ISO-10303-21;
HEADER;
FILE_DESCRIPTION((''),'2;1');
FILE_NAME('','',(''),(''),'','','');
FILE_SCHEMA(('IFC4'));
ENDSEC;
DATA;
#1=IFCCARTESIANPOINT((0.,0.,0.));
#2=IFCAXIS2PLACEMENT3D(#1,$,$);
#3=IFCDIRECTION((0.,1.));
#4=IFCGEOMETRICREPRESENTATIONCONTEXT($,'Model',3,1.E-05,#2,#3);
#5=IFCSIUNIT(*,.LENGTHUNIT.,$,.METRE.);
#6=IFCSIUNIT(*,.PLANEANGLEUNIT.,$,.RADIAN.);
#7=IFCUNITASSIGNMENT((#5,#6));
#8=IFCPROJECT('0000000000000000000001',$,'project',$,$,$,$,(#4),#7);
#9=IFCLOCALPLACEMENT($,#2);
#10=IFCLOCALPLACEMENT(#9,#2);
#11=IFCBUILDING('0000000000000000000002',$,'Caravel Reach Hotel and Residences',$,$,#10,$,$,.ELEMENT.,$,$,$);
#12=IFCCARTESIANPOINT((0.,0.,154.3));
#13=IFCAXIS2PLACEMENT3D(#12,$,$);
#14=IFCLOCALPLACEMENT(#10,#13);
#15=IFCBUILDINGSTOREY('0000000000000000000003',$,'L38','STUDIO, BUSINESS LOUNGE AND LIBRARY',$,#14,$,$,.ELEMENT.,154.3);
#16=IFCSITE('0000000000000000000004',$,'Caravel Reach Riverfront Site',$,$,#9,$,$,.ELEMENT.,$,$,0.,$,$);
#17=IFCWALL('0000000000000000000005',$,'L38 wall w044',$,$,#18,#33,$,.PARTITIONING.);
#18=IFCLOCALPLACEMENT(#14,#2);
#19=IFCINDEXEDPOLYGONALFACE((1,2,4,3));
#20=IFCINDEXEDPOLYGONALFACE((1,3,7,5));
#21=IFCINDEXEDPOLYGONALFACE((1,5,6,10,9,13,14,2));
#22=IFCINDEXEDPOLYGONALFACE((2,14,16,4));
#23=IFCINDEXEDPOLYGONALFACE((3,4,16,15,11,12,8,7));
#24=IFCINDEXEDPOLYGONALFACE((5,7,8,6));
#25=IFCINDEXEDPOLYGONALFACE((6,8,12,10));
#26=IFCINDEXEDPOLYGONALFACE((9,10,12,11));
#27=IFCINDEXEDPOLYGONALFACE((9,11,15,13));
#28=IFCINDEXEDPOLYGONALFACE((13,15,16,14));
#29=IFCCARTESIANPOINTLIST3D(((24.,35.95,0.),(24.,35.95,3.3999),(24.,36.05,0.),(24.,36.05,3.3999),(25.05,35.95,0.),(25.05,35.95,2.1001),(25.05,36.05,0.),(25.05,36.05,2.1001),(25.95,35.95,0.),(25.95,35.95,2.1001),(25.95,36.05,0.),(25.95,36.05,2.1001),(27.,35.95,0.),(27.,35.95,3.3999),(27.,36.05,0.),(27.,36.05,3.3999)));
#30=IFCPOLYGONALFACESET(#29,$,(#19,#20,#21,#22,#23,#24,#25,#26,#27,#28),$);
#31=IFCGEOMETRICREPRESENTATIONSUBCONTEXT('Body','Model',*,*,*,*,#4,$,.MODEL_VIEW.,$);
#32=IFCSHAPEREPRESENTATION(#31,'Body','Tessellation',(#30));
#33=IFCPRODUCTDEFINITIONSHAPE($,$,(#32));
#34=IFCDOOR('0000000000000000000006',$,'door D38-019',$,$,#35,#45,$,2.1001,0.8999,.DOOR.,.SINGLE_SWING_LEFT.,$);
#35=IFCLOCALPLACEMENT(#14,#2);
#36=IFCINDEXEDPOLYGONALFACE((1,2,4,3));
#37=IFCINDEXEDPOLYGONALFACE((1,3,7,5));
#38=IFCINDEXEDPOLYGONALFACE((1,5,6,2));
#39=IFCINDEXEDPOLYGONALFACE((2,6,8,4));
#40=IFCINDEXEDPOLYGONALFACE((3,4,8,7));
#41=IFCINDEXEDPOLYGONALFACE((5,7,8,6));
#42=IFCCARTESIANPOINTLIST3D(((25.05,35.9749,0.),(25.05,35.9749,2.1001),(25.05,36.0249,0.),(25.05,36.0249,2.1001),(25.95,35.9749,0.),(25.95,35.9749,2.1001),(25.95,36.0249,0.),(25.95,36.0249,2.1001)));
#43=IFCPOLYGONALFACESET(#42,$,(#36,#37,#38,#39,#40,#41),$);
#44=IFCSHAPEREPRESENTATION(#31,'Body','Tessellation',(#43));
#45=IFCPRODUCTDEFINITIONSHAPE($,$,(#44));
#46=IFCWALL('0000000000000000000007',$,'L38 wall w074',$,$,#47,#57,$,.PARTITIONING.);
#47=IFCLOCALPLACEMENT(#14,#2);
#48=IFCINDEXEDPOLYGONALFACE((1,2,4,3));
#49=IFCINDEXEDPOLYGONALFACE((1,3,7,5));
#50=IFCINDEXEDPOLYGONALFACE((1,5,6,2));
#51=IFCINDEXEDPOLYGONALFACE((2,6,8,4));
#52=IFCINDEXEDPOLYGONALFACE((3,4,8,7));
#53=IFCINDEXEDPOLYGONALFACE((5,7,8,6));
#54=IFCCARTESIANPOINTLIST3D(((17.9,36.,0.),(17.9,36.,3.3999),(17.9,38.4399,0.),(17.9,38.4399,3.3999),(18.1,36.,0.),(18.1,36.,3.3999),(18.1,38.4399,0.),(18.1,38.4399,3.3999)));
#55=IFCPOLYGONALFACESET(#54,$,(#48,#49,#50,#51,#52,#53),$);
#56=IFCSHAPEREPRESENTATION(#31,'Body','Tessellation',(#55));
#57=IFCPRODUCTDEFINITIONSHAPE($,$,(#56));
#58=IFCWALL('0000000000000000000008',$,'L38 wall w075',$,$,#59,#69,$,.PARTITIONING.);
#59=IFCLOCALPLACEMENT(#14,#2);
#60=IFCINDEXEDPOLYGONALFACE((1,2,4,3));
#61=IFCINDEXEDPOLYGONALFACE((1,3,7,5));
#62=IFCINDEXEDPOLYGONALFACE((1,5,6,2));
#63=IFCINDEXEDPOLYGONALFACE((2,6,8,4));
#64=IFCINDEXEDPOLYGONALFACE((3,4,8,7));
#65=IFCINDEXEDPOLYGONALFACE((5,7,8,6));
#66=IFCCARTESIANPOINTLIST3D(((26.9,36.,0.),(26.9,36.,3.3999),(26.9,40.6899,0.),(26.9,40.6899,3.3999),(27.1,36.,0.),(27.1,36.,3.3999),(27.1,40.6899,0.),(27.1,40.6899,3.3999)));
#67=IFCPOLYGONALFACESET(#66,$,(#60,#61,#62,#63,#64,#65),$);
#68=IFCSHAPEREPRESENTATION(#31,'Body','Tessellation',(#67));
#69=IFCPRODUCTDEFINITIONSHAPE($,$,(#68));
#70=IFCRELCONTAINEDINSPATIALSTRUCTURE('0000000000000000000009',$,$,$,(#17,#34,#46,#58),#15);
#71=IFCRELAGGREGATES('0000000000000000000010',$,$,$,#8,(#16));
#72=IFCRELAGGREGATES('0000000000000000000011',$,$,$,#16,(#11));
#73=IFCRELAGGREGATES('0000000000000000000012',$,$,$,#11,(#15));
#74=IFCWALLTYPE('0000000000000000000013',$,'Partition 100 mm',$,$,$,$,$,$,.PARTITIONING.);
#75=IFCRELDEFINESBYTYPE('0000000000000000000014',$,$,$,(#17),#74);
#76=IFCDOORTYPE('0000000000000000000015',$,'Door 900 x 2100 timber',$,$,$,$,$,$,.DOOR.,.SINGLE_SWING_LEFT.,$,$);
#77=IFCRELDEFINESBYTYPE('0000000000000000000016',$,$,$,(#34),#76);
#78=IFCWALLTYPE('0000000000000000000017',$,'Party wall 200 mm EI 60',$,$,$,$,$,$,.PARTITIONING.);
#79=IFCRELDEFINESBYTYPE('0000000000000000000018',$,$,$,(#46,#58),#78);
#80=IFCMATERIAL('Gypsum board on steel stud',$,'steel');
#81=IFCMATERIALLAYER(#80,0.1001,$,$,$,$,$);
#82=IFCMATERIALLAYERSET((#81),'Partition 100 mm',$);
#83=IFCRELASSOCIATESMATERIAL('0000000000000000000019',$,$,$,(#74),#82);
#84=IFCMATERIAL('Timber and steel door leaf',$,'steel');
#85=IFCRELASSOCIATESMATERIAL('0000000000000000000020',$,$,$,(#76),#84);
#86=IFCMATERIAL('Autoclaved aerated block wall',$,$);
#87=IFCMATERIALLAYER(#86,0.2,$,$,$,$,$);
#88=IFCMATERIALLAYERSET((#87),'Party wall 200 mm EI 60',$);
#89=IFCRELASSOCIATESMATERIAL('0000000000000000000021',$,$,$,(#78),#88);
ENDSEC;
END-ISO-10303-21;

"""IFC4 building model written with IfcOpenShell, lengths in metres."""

from ifc_helpers import new_model, si_unit, direction, frame, frame_2d, origin, place, context, subcontext, project, spatial, rectangle, extrude, material, layer, layer_set, type_object, element, fill, save


model = new_model("IFC4")

# Units and contexts
model_context = context("Model", 3, precision=1e-05, world=origin(), true_north=direction((0.0, 1.0)))
body_context = subcontext(model_context, "Body", "Model", "MODEL_VIEW")
ifc_project = project(units=[si_unit("LENGTHUNIT", "METRE"), si_unit("PLANEANGLEUNIT", "RADIAN")], contexts=[model_context])

# Site, building, storey
site_placement = place(None, origin())
site = spatial("IfcSite", under=ifc_project, at=site_placement, Name="Caravel Reach Riverfront Site", CompositionType="ELEMENT", RefElevation=0.0)
building_placement = place(site_placement, origin())
building = spatial("IfcBuilding", under=site, at=building_placement, Name="Caravel Reach Hotel and Residences", CompositionType="ELEMENT")
storey_placement = place(building_placement, frame((0.0, 0.0, 154.3)))
storey = spatial("IfcBuildingStorey", under=building, at=storey_placement, Name="L38", Description="STUDIO, BUSINESS LOUNGE AND LIBRARY", CompositionType="ELEMENT", Elevation=154.3)

# Wall, opening, door
ifc_material_1 = material(Name="Gypsum board on steel stud", Category="steel")
ifc_layer_1 = layer(ifc_material_1, 0.1001)
ifc_layer_set_1 = layer_set([ifc_layer_1], Name="Partition 100 mm")
wall_type_1 = type_object("IfcWallType", Name="Partition 100 mm", PredefinedType="PARTITIONING", material=ifc_layer_set_1)
wall_1_placement = place(storey_placement, frame((24.0, 36.0, 0.0), z_axis=(0.0, 0.0, 1.0), x_axis=(1.0, 0.0, 0.0)))
wall_1 = element("IfcWall", 1, at=wall_1_placement, inside=storey, type_object=wall_type_1, Name="L38 wall w044", PredefinedType="PARTITIONING", context=body_context, shape_type="SweptSolid", body=[
    extrude(rectangle(XDim=3.0, YDim=0.1001, at=frame_2d((1.5, 0.0))), origin(), (0.0, 0.0, 1.0), 3.3999),
])
opening_1_placement = place(wall_1_placement, frame((1.05, 0.0, 0.0)))
opening_1 = element("IfcOpeningElement", 2, at=opening_1_placement, cuts=wall_1, PredefinedType="OPENING", context=body_context, shape_type="SweptSolid", body=[
    extrude(rectangle(XDim=0.8999, YDim=2.1001, at=frame_2d((0.45, 1.05))), frame((0.0, 0.0601, 0.0), z_axis=(0.0, -1.0, 0.0), x_axis=(1.0, 0.0, 0.0)), (0.0, 0.0, 1.0), 0.1201),
])
ifc_material_2 = material(Name="Timber and steel door leaf", Category="steel")
door_type = type_object("IfcDoorType", Name="Door 900 x 2100 timber", OperationType="SINGLE_SWING_LEFT", PredefinedType="DOOR", material=ifc_material_2)
door_placement = place(opening_1_placement, origin())
door = element("IfcDoor", 3, at=door_placement, inside=storey, type_object=door_type, Name="door D38-019", OperationType="SINGLE_SWING_LEFT", OverallHeight=2.1001, OverallWidth=0.8999, PredefinedType="DOOR", context=body_context, shape_type="SweptSolid", body=[
    extrude(rectangle(XDim=0.8999, YDim=2.1001, at=frame_2d((0.45, 1.05))), frame((0.0, 0.0249, 0.0), z_axis=(0.0, -1.0, 0.0), x_axis=(1.0, 0.0, 0.0)), (0.0, 0.0, 1.0), 0.05),
])
fill(opening_1, door)

# Walls
ifc_material_3 = material(Name="Autoclaved aerated block wall")
ifc_layer_2 = layer(ifc_material_3, 0.2)
ifc_layer_set_2 = layer_set([ifc_layer_2], Name="Party wall 200 mm EI 60")
wall_type_2 = type_object("IfcWallType", Name="Party wall 200 mm EI 60", PredefinedType="PARTITIONING", material=ifc_layer_set_2)
wall_2_placement = place(storey_placement, frame((18.0, 36.0, 0.0), z_axis=(0.0, 0.0, 1.0), x_axis=(0.0, 1.0, 0.0)))
element("IfcWall", 4, at=wall_2_placement, inside=storey, type_object=wall_type_2, Name="L38 wall w074", PredefinedType="PARTITIONING", context=body_context, shape_type="SweptSolid", body=[
    extrude(rectangle(XDim=2.4399, YDim=0.2, at=frame_2d((1.22, 0.0))), origin(), (0.0, 0.0, 1.0), 3.3999),
])
wall_3_placement = place(storey_placement, frame((27.0, 36.0, 0.0), z_axis=(0.0, 0.0, 1.0), x_axis=(0.0, 1.0, 0.0)))
element("IfcWall", 5, at=wall_3_placement, inside=storey, type_object=wall_type_2, Name="L38 wall w075", PredefinedType="PARTITIONING", context=body_context, shape_type="SweptSolid", body=[
    extrude(rectangle(XDim=4.6899, YDim=0.2, at=frame_2d((2.345, 0.0))), origin(), (0.0, 0.0, 1.0), 3.3999),
])

save(model, "model.ifc")
